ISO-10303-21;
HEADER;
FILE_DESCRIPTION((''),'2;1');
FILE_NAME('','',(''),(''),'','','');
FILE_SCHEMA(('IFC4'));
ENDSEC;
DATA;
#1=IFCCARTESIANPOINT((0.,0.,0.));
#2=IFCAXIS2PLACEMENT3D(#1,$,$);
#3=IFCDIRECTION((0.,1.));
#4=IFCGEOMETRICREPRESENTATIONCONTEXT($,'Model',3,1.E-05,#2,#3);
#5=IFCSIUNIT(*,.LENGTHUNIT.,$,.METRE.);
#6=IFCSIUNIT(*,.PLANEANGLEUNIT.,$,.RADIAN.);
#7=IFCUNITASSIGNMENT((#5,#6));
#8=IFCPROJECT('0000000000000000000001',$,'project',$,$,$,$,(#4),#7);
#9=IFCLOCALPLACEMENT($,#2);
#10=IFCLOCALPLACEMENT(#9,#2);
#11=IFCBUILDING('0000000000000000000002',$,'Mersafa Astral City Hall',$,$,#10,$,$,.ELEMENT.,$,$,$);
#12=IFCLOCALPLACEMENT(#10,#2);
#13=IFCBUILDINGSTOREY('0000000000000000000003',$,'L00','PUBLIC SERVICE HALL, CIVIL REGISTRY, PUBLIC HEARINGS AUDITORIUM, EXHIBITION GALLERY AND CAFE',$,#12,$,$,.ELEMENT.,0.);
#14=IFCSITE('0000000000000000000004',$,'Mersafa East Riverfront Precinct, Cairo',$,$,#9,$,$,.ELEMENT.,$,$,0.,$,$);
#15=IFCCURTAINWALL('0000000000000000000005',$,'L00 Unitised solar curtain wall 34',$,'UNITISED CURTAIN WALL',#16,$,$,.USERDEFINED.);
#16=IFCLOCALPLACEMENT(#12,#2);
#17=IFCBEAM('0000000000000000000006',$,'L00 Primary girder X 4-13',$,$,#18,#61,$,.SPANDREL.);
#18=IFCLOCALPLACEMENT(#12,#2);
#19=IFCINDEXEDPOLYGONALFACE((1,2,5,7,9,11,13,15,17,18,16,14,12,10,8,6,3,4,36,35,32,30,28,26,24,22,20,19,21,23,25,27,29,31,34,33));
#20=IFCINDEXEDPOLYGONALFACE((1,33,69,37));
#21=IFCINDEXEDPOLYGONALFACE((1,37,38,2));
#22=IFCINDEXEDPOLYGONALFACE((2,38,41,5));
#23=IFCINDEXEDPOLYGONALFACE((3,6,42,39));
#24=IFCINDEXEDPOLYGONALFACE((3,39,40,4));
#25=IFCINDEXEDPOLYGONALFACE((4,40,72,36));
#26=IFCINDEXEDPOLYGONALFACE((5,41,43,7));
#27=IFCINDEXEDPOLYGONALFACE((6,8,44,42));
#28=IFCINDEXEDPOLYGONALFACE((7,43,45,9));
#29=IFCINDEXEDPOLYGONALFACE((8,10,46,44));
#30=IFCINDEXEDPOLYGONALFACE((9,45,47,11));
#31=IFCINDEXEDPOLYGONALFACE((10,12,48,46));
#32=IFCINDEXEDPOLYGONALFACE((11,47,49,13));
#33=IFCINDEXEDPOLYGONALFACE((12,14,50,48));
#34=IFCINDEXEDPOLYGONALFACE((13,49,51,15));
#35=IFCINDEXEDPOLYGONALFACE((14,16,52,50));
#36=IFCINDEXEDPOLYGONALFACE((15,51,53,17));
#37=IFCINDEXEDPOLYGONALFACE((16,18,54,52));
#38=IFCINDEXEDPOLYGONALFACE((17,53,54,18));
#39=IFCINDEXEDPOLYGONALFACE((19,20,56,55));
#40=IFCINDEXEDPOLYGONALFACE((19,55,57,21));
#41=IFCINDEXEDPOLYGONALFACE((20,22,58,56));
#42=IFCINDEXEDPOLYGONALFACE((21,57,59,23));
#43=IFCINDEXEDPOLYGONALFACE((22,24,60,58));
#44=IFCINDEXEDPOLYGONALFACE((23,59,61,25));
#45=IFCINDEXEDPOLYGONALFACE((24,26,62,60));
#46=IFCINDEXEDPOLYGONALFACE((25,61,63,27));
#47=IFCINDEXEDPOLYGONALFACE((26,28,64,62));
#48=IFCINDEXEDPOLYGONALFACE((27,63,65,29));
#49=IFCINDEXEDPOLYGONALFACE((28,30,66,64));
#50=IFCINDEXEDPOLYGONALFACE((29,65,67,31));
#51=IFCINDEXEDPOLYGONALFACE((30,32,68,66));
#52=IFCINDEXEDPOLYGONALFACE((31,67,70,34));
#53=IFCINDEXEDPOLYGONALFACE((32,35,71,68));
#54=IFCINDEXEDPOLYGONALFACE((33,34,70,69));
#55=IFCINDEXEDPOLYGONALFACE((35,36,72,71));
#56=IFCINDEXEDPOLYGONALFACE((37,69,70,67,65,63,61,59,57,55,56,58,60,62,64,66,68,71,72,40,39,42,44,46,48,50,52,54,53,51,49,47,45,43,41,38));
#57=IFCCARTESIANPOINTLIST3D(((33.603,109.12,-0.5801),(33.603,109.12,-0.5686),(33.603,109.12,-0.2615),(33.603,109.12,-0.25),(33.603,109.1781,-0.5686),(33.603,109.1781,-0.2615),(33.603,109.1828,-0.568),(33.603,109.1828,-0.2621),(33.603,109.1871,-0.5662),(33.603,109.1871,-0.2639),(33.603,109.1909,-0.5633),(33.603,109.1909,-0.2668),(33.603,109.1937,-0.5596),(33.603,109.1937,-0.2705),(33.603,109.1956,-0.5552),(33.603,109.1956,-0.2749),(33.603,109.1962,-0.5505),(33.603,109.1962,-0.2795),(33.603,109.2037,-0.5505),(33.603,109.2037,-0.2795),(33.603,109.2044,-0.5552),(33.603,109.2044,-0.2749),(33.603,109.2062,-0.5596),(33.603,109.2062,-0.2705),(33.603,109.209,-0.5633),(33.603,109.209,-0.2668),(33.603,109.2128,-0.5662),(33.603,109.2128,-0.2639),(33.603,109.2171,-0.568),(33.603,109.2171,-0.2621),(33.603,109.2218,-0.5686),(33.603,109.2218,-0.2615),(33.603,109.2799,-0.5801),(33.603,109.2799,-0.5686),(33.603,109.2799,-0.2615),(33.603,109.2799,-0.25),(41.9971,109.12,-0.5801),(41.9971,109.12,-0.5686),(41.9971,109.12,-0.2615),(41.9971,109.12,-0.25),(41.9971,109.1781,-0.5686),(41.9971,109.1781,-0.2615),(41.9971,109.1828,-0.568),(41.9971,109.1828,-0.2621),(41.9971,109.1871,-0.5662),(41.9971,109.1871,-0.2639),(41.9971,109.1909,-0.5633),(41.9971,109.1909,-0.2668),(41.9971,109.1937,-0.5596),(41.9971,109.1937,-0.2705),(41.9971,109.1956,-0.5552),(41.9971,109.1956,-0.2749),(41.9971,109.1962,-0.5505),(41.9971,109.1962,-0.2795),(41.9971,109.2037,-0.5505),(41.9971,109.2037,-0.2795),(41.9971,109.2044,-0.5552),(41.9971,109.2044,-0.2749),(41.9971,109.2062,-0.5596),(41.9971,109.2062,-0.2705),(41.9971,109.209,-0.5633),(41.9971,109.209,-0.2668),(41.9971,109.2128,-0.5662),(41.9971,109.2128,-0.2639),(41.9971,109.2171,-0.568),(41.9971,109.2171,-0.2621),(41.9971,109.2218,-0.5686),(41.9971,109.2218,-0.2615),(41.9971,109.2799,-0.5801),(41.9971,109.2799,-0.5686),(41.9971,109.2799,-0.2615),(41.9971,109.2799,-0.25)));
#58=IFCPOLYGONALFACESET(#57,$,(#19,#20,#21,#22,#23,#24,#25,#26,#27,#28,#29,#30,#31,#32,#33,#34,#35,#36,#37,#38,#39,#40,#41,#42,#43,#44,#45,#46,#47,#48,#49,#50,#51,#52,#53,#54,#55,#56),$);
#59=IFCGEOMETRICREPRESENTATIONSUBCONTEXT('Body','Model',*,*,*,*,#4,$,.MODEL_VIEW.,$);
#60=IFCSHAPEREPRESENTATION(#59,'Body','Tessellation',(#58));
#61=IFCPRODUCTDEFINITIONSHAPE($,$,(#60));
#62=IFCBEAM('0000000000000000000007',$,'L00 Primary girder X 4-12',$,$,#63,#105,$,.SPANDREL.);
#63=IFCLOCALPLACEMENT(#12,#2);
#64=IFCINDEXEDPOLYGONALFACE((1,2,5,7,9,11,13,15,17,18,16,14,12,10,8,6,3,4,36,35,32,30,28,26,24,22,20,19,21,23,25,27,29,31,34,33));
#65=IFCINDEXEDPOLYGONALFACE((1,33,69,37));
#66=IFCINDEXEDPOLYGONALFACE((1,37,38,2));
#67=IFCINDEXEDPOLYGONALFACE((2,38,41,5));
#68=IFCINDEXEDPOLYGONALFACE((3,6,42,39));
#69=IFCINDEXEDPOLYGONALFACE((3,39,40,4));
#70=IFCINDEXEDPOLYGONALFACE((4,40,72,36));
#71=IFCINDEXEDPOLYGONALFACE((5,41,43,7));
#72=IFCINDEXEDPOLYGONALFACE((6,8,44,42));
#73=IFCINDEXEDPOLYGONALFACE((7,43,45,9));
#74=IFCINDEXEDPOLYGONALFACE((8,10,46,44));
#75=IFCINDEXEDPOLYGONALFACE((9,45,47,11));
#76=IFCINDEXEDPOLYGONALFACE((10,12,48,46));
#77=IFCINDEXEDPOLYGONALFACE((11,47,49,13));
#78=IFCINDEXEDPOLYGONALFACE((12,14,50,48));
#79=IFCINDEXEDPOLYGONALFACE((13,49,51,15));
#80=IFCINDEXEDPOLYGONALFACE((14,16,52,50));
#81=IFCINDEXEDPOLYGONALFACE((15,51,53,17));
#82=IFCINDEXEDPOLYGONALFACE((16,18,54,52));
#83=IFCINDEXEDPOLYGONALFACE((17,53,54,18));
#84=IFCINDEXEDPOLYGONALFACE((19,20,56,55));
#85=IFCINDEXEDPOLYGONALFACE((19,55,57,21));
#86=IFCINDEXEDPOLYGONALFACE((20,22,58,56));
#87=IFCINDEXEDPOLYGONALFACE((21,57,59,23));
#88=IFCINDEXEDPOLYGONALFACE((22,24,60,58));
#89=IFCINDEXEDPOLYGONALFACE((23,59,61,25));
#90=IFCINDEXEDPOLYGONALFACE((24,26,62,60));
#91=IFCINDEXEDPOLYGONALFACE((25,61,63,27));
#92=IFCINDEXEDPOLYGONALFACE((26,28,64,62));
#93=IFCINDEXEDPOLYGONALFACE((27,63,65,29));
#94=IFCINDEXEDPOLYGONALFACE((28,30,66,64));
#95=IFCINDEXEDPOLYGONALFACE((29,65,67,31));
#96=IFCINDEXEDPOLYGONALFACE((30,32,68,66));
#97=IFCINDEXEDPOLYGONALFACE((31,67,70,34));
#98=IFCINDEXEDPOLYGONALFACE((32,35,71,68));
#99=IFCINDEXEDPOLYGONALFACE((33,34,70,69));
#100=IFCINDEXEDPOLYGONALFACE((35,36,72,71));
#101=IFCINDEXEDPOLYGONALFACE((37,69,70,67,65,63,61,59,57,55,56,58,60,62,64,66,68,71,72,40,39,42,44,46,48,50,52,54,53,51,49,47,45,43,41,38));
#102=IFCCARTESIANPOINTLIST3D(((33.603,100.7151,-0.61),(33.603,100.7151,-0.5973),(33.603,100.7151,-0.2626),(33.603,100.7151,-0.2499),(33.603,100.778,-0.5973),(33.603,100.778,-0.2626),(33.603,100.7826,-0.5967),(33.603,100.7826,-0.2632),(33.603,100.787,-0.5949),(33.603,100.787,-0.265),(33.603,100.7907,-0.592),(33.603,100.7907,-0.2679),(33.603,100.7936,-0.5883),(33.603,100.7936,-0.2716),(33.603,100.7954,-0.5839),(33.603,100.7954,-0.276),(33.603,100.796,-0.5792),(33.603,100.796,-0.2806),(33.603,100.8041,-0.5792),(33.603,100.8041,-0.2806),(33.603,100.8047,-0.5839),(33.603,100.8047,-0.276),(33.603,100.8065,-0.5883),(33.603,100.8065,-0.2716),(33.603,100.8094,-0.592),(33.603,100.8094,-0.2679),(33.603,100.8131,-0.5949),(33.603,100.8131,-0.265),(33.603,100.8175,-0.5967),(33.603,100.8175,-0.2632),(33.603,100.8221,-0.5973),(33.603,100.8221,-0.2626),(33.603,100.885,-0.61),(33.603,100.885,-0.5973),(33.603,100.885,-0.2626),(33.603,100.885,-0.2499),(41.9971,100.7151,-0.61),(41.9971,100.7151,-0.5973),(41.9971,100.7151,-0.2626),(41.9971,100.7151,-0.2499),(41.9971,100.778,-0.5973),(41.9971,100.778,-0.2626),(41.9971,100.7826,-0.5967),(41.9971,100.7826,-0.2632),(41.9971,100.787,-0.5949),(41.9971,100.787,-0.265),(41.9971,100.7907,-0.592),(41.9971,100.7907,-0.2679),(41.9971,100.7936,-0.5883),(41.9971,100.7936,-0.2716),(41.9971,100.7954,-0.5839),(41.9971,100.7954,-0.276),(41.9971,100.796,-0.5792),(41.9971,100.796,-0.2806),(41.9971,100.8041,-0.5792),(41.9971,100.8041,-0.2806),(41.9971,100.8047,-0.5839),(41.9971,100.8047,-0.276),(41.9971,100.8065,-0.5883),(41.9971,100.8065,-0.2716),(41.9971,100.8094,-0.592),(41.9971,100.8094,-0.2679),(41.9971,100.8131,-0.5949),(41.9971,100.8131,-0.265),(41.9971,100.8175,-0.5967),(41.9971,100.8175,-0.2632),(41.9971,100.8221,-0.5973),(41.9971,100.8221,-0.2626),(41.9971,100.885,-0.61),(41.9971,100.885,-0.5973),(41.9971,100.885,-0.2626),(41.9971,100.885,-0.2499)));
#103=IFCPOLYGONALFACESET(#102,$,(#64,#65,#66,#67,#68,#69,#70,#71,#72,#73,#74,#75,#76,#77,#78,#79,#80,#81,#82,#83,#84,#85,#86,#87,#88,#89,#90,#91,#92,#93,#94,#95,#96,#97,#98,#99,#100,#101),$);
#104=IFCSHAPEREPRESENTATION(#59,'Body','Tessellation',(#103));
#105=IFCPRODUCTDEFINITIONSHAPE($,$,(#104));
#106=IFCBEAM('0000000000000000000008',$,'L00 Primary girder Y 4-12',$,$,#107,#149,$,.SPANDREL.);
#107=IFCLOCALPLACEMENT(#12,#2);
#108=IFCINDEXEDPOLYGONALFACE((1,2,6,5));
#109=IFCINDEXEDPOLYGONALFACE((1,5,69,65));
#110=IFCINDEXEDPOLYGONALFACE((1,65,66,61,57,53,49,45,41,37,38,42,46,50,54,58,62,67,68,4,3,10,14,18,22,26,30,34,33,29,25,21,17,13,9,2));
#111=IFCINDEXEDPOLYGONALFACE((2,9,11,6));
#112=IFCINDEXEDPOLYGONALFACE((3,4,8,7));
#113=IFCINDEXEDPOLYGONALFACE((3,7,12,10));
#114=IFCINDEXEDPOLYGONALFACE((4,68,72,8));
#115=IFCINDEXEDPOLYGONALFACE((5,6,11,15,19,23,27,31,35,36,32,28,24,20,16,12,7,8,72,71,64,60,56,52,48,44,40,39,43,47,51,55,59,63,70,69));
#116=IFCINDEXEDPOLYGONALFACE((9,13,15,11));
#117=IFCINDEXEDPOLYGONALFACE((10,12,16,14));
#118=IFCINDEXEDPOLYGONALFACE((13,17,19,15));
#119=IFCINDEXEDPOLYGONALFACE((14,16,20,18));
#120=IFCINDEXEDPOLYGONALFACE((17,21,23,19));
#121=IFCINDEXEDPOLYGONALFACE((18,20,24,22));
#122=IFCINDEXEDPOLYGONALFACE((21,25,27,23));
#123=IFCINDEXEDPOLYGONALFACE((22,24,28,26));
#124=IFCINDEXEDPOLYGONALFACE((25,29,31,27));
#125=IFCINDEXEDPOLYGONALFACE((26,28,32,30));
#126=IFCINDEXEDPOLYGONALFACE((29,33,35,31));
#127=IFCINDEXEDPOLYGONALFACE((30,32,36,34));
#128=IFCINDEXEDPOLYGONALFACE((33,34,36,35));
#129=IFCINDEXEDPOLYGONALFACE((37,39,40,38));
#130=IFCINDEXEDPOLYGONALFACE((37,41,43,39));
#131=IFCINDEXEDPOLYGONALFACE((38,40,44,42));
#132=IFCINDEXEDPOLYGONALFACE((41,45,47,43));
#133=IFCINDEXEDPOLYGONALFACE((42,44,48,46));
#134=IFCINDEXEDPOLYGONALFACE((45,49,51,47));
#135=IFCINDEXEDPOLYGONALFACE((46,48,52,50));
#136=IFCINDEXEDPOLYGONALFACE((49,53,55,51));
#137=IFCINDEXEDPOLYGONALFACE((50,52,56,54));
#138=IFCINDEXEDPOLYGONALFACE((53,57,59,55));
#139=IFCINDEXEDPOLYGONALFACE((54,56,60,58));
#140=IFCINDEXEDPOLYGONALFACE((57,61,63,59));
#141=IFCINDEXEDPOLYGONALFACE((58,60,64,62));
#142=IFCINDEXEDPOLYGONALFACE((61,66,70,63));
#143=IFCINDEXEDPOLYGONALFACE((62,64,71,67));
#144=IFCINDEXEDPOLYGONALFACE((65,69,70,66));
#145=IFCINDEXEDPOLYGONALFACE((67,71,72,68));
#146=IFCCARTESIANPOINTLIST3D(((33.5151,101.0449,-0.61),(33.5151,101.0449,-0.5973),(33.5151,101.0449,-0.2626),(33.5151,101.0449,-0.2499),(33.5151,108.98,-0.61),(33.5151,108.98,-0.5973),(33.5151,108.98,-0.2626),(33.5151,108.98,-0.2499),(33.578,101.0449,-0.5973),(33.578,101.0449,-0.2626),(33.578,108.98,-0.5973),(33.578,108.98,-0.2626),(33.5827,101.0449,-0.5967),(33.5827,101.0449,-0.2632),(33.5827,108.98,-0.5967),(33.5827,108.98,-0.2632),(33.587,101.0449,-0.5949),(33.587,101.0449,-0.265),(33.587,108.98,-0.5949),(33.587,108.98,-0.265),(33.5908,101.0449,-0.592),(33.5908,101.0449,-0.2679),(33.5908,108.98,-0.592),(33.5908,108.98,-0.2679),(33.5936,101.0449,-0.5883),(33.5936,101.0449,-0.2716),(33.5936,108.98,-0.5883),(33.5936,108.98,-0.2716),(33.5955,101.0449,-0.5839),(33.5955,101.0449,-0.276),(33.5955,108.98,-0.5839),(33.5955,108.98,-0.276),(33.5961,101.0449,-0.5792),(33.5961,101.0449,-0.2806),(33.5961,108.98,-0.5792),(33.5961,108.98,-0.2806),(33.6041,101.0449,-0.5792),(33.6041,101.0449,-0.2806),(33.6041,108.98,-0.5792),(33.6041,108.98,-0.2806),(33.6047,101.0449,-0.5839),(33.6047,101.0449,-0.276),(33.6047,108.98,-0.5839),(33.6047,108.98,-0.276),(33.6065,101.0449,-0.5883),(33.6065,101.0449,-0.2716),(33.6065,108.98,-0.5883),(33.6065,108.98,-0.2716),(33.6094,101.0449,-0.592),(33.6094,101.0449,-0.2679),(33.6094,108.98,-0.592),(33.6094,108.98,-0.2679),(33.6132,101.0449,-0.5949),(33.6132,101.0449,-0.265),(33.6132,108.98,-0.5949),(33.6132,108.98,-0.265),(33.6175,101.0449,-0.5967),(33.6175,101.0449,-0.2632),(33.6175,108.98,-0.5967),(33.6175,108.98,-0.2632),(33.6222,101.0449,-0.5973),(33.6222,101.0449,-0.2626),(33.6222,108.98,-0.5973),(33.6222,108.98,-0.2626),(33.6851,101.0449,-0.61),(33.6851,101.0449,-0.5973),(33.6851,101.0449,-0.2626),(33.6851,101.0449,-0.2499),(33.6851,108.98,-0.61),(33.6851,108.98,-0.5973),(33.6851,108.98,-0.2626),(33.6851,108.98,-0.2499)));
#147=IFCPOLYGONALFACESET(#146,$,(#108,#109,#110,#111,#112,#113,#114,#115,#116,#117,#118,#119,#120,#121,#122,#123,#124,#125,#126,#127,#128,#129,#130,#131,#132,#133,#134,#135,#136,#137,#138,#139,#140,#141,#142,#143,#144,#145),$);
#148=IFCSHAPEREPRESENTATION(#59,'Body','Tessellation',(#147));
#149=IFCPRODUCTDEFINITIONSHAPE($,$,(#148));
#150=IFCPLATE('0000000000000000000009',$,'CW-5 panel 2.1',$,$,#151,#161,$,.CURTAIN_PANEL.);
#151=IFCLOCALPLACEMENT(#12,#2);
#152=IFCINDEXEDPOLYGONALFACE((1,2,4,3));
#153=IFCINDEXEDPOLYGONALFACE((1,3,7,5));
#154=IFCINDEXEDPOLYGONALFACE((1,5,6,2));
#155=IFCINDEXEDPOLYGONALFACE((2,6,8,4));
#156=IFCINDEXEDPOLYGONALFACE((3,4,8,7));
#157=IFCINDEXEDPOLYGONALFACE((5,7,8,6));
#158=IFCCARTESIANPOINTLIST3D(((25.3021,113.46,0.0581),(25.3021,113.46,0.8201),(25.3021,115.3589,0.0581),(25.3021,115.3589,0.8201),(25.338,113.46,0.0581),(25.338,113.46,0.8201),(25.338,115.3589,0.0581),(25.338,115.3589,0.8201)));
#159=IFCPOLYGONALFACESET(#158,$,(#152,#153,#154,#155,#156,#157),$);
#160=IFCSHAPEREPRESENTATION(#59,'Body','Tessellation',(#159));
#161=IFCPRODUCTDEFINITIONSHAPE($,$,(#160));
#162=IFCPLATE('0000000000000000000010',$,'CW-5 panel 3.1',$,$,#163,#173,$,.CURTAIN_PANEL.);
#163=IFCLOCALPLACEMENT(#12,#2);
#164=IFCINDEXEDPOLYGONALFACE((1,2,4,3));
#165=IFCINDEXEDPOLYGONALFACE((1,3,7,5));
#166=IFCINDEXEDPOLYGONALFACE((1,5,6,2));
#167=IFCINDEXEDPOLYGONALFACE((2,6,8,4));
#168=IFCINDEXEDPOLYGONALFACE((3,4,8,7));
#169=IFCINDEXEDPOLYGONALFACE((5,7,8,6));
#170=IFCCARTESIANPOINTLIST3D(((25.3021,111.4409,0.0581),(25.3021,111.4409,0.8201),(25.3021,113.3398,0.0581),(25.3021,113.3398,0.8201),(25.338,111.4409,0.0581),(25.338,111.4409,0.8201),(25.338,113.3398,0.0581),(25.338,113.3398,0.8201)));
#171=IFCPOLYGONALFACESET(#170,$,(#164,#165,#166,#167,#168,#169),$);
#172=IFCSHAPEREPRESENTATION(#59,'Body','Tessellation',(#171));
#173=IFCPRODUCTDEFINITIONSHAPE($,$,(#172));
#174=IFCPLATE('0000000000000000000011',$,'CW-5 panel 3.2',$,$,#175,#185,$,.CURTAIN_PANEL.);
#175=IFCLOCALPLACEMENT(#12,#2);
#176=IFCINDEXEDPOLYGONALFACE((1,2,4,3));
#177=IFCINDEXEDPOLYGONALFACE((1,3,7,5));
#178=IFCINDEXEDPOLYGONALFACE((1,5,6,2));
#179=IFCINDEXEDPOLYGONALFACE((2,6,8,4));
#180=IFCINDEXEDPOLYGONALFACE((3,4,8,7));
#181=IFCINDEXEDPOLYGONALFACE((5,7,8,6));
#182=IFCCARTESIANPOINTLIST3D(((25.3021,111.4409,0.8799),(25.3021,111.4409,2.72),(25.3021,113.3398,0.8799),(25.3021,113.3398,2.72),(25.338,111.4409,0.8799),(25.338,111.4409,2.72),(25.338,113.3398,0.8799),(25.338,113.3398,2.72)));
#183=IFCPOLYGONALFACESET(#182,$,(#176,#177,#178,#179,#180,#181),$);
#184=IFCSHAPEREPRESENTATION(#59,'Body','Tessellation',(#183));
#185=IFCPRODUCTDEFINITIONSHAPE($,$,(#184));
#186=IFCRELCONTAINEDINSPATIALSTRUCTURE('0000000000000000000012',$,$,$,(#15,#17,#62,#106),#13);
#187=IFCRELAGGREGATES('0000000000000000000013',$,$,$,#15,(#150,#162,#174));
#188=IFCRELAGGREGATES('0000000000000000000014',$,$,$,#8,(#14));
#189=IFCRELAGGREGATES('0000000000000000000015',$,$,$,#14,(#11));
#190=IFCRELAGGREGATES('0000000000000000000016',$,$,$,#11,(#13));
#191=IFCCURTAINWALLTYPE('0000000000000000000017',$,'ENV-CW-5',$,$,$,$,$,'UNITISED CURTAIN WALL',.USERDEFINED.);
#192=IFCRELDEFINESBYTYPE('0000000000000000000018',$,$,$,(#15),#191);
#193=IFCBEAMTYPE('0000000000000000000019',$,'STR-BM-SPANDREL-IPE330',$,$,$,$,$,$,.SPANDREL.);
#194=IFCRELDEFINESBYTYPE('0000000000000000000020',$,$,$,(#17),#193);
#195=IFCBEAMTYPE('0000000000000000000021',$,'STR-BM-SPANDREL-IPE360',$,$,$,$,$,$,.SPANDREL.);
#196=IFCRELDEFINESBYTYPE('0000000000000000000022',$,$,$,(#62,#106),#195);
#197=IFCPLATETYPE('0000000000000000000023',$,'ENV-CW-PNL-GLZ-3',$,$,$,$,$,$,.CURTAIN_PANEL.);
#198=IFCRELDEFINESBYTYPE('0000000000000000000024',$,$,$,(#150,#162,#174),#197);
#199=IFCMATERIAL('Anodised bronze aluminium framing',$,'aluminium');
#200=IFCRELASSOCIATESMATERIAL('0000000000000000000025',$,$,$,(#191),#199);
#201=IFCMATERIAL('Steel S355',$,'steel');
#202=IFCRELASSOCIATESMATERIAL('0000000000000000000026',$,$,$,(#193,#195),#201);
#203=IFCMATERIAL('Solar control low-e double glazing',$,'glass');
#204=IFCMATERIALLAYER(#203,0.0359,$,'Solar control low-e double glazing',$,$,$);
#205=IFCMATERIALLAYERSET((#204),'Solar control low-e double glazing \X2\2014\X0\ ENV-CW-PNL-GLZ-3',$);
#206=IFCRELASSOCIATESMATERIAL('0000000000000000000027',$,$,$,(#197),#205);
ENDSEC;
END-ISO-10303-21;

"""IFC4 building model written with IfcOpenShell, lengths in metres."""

from ifc_helpers import new_model, si_unit, direction, frame, origin, origin_2d, place, context, subcontext, project, spatial, rectangle, i_section, extrude, material, layer, layer_set, material_profile, profile_set, type_object, element, aggregate, save


model = new_model("IFC4")

# Units and contexts
model_context = context("Model", 3, precision=1e-05, world=origin(), true_north=direction((0.0, 1.0)))
body_context = subcontext(model_context, "Body", "Model", "MODEL_VIEW")
ifc_project = project(units=[si_unit("LENGTHUNIT", "METRE"), si_unit("PLANEANGLEUNIT", "RADIAN")], contexts=[model_context])

# Site, building, storey
site_placement = place(None, origin())
site = spatial("IfcSite", under=ifc_project, at=site_placement, Name="Mersafa East Riverfront Precinct, Cairo", CompositionType="ELEMENT", RefElevation=0.0)
building_placement = place(site_placement, origin())
building = spatial("IfcBuilding", under=site, at=building_placement, Name="Mersafa Astral City Hall", CompositionType="ELEMENT")
storey_placement = place(building_placement, origin())
storey = spatial("IfcBuildingStorey", under=building, at=storey_placement, Name="L00", Description="PUBLIC SERVICE HALL, CIVIL REGISTRY, PUBLIC HEARINGS AUDITORIUM, EXHIBITION GALLERY AND CAFE", CompositionType="ELEMENT", Elevation=0.0)

# Shared definitions
ifc_material_1 = material(Name="Steel S355", Category="steel")

# Curtain wall
ifc_material_2 = material(Name="Anodised bronze aluminium framing", Category="aluminium")
curtain_wall_type = type_object("IfcCurtainWallType", Name="ENV-CW-5", ElementType="UNITISED CURTAIN WALL", PredefinedType="USERDEFINED", material=ifc_material_2)
curtain_wall_placement = place(storey_placement, origin())
curtain_wall = element("IfcCurtainWall", 1, at=curtain_wall_placement, inside=storey, type_object=curtain_wall_type, Name="L00 Unitised solar curtain wall 34", ObjectType="UNITISED CURTAIN WALL", PredefinedType="USERDEFINED")

# Beams
ifc_material_profile_1 = material_profile(ifc_material_1, i_section(OverallWidth=0.1599, OverallDepth=0.3301, WebThickness=0.0076, FlangeThickness=0.0115, FilletRadius=0.0181, at=origin_2d()), Name="IPE 330")
ifc_profile_set_1 = profile_set([ifc_material_profile_1], Name="Steel S355")
beam_type_1 = type_object("IfcBeamType", Name="STR-BM-SPANDREL-IPE330", PredefinedType="SPANDREL", material=ifc_profile_set_1)
for number, where, z_axis, x_axis, name in (
    (2, (33.603, 109.2, -0.415), (1.0, 0.0, 0.0), (0.0, 1.0, 0.0), "L00 Primary girder X 4-13"),
):
    element("IfcBeam", number, at=place(storey_placement, frame(where, z_axis=z_axis, x_axis=x_axis)), inside=storey, type_object=beam_type_1, Name=name, PredefinedType="SPANDREL", context=body_context, shape_type="SweptSolid", body=[
        extrude(i_section(OverallWidth=0.1599, OverallDepth=0.3301, WebThickness=0.0076, FlangeThickness=0.0115, FilletRadius=0.0181, at=origin_2d()), origin(), (0.0, 0.0, 1.0), 8.394),
    ])
ifc_material_profile_2 = material_profile(ifc_material_1, i_section(OverallWidth=0.1699, OverallDepth=0.3601, WebThickness=0.0081, FlangeThickness=0.0127, FilletRadius=0.0181, at=origin_2d()), Name="IPE 360")
ifc_profile_set_2 = profile_set([ifc_material_profile_2], Name="Steel S355")
beam_type_2 = type_object("IfcBeamType", Name="STR-BM-SPANDREL-IPE360", PredefinedType="SPANDREL", material=ifc_profile_set_2)
beam_1_placement = place(storey_placement, frame((33.603, 100.8, -0.4299), z_axis=(1.0, 0.0, 0.0), x_axis=(0.0, 1.0, 0.0)))
element("IfcBeam", 3, at=beam_1_placement, inside=storey, type_object=beam_type_2, Name="L00 Primary girder X 4-12", PredefinedType="SPANDREL", context=body_context, shape_type="SweptSolid", body=[
    extrude(i_section(OverallWidth=0.1699, OverallDepth=0.3601, WebThickness=0.0081, FlangeThickness=0.0127, FilletRadius=0.0181, at=origin_2d()), origin(), (0.0, 0.0, 1.0), 8.394),
])
beam_2_placement = place(storey_placement, frame((33.6001, 101.0449, -0.4299), z_axis=(0.0, 1.0, 0.0), x_axis=(-1.0, 0.0, 0.0)))
element("IfcBeam", 4, at=beam_2_placement, inside=storey, type_object=beam_type_2, Name="L00 Primary girder Y 4-12", PredefinedType="SPANDREL", context=body_context, shape_type="SweptSolid", body=[
    extrude(i_section(OverallWidth=0.1699, OverallDepth=0.3601, WebThickness=0.0081, FlangeThickness=0.0127, FilletRadius=0.0181, at=origin_2d()), origin(), (0.0, 0.0, 1.0), 7.9351),
])

# Plates
ifc_material_3 = material(Name="Solar control low-e double glazing", Category="glass")
ifc_layer = layer(ifc_material_3, 0.0359, Name="Solar control low-e double glazing")
ifc_layer_set = layer_set([ifc_layer], Name="Solar control low-e double glazing — ENV-CW-PNL-GLZ-3")
plate_type = type_object("IfcPlateType", Name="ENV-CW-PNL-GLZ-3", PredefinedType="CURTAIN_PANEL", material=ifc_layer_set)
plate_1_placement = place(storey_placement, frame((25.3201, 114.4094, 0.0581), z_axis=(0.0, 0.0, 1.0), x_axis=(0.0, -1.0, 0.0)))
plate_1 = element("IfcPlate", 5, at=plate_1_placement, type_object=plate_type, Name="CW-5 panel 2.1", PredefinedType="CURTAIN_PANEL", context=body_context, shape_type="SweptSolid", body=[
    extrude(rectangle(XDim=1.8989, YDim=0.0359, at=origin_2d()), origin(), (0.0, 0.0, 1.0), 0.762),
])
plate_2_placement = place(storey_placement, frame((25.3201, 112.3904, 0.0581), z_axis=(0.0, 0.0, 1.0), x_axis=(0.0, -1.0, 0.0)))
plate_2 = element("IfcPlate", 6, at=plate_2_placement, type_object=plate_type, Name="CW-5 panel 3.1", PredefinedType="CURTAIN_PANEL", context=body_context, shape_type="SweptSolid", body=[
    extrude(rectangle(XDim=1.8989, YDim=0.0359, at=origin_2d()), origin(), (0.0, 0.0, 1.0), 0.762),
])
plate_3_placement = place(storey_placement, frame((25.3201, 112.3904, 0.8799), z_axis=(0.0, 0.0, 1.0), x_axis=(0.0, -1.0, 0.0)))
plate_3 = element("IfcPlate", 7, at=plate_3_placement, type_object=plate_type, Name="CW-5 panel 3.2", PredefinedType="CURTAIN_PANEL", context=body_context, shape_type="SweptSolid", body=[
    extrude(rectangle(XDim=1.8989, YDim=0.0359, at=origin_2d()), origin(), (0.0, 0.0, 1.0), 1.8401),
])
aggregate(curtain_wall, [plate_1, plate_2, plate_3])

save(model, "model.ifc")
